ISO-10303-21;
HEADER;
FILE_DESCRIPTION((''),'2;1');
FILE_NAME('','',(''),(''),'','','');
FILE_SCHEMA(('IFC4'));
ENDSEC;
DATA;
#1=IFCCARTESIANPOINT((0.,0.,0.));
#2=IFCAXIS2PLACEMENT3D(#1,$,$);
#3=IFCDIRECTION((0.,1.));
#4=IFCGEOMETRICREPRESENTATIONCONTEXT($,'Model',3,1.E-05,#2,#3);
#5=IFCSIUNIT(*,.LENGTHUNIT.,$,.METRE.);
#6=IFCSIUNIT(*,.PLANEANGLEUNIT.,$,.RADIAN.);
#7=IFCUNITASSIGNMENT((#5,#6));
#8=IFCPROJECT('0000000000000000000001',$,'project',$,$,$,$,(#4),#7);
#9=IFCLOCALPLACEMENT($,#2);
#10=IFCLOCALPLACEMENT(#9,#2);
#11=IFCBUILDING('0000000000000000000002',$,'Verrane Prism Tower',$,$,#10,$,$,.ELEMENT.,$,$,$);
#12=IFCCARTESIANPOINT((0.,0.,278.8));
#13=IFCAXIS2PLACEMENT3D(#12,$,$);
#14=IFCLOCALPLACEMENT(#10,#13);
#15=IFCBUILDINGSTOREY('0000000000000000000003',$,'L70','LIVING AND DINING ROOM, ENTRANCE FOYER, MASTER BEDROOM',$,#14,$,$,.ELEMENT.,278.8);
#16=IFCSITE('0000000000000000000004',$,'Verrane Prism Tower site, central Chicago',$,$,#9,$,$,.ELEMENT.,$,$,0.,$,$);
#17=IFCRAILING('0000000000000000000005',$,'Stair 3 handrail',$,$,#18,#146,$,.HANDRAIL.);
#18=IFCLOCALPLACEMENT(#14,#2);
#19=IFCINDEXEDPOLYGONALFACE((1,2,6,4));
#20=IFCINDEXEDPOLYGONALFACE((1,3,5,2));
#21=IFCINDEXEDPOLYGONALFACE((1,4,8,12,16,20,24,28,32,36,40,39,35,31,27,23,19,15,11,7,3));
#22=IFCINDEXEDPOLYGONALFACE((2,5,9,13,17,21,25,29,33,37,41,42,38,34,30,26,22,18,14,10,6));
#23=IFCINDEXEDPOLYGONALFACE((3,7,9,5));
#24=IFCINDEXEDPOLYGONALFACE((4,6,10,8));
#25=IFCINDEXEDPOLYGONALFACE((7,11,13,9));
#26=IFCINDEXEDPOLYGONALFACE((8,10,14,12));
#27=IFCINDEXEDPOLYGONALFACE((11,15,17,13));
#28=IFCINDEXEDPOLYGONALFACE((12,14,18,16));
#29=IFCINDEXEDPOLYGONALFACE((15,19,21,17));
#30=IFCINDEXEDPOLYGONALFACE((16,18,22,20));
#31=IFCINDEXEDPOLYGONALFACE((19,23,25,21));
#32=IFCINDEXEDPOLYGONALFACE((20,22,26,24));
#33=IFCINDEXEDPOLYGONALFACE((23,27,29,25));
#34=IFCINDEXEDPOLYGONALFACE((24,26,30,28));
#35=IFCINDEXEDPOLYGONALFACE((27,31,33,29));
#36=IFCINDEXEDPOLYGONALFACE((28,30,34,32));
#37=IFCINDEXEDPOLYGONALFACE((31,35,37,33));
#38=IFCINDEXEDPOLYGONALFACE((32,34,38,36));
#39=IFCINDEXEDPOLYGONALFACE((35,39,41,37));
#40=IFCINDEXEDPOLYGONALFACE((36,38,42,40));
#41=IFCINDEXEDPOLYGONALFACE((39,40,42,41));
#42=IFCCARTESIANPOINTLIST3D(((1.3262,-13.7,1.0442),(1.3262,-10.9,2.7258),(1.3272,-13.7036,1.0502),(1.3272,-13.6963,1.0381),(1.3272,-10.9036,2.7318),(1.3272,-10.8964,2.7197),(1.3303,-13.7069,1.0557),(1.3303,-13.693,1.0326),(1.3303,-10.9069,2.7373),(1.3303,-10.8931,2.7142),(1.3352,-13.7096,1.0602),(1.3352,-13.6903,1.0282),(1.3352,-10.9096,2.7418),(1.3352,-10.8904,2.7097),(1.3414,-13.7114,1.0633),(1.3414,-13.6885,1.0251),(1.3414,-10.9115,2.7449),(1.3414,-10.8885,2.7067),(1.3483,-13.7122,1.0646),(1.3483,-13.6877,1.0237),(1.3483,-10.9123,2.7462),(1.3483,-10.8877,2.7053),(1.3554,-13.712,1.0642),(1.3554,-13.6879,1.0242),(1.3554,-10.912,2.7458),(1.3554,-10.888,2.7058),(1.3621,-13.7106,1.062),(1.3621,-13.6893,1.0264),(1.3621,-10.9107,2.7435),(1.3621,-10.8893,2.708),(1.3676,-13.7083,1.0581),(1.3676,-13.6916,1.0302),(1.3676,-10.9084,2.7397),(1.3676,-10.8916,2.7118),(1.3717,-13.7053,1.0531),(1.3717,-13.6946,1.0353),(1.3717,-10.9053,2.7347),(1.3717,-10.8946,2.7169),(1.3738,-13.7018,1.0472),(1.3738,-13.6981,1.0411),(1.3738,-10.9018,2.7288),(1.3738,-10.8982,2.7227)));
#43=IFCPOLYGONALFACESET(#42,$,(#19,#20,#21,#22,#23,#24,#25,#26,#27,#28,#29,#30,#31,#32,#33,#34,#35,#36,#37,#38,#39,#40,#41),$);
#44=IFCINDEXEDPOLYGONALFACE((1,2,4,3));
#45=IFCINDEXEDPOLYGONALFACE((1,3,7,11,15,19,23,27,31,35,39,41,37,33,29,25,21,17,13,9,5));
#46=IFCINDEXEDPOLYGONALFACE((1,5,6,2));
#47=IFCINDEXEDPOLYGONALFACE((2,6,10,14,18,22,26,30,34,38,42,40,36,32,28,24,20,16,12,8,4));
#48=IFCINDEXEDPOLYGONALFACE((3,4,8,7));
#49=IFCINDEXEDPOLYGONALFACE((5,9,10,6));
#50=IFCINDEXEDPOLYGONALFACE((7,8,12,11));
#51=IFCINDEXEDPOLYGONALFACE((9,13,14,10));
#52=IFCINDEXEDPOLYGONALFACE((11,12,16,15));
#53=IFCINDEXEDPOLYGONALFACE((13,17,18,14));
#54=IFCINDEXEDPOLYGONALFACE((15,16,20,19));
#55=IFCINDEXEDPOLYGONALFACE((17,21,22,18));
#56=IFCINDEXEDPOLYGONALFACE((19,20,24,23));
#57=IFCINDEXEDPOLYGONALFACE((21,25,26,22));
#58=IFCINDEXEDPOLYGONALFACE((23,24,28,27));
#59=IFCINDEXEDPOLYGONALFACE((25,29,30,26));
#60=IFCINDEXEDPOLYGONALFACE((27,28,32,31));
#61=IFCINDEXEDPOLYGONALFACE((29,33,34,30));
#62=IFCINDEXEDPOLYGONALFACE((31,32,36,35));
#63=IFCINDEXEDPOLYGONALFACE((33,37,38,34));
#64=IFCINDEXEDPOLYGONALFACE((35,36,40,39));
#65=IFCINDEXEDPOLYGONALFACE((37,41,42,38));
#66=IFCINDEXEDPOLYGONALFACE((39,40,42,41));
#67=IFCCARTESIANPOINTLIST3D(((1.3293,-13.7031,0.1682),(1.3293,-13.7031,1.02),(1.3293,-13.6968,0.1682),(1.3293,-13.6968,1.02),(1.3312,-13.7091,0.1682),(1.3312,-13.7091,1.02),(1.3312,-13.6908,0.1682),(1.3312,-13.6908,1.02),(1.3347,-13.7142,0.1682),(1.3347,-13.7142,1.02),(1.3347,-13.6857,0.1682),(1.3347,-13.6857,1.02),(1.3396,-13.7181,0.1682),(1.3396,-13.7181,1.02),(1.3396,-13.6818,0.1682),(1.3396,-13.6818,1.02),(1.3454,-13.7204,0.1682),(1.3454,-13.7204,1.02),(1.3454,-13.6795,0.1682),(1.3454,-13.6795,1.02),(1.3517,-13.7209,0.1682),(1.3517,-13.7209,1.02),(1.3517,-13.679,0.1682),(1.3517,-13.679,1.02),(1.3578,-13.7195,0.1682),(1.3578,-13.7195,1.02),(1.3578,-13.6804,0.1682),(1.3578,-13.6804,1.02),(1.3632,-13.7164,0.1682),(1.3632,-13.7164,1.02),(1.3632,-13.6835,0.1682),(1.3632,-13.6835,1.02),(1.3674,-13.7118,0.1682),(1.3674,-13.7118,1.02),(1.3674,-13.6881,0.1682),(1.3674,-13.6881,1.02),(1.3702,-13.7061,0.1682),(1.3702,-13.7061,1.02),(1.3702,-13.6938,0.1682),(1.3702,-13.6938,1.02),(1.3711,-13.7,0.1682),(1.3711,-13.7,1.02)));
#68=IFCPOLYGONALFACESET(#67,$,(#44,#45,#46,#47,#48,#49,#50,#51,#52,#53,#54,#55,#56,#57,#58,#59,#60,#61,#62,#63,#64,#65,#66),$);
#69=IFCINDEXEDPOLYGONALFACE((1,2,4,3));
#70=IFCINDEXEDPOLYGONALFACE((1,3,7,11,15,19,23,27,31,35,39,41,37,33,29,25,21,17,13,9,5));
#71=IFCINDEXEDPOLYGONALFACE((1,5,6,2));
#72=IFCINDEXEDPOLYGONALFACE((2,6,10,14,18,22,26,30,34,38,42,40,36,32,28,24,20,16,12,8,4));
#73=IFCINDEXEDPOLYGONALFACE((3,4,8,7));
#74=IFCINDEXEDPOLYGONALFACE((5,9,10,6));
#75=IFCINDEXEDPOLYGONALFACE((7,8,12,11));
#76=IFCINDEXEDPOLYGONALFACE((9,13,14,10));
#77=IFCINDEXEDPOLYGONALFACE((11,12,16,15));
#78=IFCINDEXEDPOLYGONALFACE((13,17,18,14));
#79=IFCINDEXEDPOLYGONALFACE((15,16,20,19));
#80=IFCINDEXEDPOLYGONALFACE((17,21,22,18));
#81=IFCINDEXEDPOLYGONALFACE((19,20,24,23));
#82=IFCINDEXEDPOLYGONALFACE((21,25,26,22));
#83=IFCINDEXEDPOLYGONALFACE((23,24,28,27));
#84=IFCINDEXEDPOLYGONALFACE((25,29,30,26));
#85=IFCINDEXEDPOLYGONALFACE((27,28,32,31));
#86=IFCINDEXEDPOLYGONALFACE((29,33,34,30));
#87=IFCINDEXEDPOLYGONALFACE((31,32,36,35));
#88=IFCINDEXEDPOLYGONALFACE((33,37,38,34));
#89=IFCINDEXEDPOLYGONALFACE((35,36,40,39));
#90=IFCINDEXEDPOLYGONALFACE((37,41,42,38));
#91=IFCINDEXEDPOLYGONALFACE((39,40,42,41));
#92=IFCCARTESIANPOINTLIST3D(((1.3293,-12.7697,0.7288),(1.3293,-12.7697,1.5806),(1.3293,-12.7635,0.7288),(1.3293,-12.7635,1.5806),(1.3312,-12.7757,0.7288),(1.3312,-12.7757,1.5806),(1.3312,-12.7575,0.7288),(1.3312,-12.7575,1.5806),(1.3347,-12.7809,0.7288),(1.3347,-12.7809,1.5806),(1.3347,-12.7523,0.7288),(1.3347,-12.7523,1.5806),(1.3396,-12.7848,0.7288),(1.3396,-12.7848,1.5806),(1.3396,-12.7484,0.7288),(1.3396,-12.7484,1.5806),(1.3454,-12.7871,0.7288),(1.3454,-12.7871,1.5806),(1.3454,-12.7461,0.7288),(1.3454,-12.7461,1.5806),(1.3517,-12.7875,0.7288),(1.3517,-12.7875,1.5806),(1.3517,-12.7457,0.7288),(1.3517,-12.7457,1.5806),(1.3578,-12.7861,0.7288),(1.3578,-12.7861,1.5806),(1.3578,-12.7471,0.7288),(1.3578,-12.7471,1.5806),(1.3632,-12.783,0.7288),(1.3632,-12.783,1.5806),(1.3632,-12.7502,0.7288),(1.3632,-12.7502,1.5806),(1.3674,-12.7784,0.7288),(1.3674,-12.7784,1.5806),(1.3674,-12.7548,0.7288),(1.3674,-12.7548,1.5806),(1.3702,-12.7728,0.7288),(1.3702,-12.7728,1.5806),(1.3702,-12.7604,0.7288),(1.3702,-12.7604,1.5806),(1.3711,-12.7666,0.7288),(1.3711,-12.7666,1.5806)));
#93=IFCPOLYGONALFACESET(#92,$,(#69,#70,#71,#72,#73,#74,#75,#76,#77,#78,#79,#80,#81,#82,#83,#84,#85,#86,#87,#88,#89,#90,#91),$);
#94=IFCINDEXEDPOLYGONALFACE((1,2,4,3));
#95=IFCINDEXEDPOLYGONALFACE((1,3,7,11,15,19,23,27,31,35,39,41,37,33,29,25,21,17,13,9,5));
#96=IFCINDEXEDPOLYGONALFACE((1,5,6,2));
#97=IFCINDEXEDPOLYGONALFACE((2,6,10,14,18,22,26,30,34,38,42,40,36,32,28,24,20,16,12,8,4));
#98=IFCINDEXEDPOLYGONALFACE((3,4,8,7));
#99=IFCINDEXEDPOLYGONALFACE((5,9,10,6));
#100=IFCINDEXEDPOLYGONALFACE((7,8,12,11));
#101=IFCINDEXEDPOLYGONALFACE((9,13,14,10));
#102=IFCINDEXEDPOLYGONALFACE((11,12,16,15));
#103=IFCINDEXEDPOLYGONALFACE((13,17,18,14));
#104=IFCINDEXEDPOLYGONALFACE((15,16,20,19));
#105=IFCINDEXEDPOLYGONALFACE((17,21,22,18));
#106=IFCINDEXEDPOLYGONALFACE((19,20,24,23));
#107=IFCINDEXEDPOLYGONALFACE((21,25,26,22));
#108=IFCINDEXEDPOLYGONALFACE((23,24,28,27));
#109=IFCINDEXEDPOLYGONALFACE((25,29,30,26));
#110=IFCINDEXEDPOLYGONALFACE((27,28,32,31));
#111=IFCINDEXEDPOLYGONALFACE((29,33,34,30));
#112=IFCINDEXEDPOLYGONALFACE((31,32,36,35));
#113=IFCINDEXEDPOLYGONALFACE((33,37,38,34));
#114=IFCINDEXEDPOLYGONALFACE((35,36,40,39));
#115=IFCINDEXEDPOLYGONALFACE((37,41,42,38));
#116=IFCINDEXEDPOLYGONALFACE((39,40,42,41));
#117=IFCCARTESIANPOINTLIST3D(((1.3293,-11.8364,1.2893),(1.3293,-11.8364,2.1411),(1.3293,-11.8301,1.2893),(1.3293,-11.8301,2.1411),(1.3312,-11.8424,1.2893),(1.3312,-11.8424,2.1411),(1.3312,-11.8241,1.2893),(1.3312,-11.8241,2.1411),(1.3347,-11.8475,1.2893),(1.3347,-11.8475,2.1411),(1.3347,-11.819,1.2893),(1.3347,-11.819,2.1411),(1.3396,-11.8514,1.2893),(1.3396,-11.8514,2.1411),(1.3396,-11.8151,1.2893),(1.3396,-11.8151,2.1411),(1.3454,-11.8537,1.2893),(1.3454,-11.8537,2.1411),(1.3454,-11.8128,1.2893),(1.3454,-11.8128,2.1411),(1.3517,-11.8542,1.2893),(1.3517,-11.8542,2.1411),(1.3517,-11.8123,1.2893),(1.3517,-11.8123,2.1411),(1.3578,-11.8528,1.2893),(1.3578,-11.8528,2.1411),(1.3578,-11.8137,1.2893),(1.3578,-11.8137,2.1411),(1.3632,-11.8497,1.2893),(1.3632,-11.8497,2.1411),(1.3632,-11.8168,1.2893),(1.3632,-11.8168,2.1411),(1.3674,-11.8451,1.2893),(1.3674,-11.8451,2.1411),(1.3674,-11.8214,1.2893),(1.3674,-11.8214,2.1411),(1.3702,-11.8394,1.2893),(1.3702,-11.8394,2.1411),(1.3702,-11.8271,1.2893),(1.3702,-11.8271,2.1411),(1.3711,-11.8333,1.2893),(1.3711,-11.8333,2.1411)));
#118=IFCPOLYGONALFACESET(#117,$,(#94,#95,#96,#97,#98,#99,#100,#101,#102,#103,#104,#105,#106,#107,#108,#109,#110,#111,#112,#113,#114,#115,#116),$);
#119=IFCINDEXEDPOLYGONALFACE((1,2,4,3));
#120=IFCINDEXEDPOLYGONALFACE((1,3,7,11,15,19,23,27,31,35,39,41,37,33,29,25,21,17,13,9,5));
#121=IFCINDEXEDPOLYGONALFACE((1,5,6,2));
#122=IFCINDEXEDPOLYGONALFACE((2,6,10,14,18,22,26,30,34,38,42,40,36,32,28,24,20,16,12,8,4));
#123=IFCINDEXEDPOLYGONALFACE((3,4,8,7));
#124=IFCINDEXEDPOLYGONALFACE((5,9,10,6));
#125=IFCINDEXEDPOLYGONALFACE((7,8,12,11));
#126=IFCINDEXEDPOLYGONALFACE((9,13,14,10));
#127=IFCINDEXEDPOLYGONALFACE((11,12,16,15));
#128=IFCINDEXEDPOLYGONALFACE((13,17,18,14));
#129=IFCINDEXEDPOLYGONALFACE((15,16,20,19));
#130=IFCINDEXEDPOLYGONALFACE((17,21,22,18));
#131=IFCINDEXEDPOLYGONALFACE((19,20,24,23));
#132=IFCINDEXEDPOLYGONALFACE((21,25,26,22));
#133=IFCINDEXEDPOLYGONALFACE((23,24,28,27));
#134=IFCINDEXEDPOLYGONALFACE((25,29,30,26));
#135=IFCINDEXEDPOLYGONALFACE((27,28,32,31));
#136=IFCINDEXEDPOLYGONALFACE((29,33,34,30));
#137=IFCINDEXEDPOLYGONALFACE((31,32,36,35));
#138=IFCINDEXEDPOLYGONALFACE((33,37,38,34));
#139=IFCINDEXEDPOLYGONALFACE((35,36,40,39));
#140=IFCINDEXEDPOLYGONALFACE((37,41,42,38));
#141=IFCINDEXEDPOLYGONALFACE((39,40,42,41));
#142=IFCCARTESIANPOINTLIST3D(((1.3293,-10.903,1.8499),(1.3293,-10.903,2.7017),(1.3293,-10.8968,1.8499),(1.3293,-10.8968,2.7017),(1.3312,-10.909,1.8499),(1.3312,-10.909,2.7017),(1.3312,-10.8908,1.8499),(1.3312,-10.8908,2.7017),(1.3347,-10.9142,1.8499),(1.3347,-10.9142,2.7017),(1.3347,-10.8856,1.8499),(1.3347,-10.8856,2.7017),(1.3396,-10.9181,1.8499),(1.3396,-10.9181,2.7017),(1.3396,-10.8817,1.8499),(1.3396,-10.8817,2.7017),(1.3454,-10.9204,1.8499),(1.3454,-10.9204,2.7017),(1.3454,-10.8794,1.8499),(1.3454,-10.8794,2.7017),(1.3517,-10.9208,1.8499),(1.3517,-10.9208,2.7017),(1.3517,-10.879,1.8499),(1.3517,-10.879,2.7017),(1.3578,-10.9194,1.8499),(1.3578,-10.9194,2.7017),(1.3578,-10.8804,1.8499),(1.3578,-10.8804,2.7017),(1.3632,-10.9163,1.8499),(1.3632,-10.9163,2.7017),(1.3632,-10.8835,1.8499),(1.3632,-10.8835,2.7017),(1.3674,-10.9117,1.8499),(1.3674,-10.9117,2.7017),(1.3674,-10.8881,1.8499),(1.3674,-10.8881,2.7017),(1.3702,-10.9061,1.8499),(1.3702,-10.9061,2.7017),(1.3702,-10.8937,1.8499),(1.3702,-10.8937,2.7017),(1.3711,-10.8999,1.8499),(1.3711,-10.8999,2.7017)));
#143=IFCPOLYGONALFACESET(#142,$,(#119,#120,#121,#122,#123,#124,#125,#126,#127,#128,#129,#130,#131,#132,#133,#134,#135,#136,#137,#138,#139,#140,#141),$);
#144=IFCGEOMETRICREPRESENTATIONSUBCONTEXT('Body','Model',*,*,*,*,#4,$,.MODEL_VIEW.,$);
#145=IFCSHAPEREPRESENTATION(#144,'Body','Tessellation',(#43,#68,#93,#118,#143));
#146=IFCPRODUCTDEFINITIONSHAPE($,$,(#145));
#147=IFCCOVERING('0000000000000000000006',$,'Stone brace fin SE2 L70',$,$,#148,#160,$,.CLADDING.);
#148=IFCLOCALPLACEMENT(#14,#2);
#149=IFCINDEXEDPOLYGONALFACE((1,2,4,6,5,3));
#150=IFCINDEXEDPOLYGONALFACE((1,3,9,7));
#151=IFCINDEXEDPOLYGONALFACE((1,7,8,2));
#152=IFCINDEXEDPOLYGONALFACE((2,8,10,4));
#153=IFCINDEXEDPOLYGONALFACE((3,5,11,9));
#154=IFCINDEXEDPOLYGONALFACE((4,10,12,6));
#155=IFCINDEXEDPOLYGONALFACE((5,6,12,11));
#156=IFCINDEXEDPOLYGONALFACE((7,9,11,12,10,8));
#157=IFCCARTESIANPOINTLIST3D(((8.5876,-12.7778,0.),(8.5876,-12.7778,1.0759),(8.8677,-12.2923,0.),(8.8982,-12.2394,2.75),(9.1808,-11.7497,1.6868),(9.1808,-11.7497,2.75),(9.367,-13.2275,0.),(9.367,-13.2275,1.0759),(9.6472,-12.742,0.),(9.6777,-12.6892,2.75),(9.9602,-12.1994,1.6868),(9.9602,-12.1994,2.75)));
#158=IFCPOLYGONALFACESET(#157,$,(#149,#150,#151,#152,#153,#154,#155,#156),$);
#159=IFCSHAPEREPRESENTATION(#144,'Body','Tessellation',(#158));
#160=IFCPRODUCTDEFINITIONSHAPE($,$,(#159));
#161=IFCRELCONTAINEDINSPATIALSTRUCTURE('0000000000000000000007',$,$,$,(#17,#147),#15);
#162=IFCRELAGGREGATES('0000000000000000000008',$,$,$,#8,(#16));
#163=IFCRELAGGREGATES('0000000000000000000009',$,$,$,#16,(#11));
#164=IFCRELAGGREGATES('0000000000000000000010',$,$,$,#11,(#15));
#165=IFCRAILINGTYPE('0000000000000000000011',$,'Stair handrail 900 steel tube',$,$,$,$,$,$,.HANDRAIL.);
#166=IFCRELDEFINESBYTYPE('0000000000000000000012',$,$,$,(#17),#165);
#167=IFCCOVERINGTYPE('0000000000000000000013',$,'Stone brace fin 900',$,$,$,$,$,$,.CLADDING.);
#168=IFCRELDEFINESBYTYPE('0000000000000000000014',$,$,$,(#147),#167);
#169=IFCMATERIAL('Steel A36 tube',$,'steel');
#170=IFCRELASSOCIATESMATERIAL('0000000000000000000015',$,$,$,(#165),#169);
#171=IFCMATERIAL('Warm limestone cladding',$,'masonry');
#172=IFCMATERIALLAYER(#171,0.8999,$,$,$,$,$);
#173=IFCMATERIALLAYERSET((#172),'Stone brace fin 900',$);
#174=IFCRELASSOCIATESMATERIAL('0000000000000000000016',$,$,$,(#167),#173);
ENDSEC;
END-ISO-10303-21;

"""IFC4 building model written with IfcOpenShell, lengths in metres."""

from ifc_helpers import new_model, si_unit, direction, frame, origin, origin_2d, place, context, subcontext, project, spatial, polyline, circle, outline, extrude, material, layer, layer_set, type_object, element, save


model = new_model("IFC4")

# Units and contexts
model_context = context("Model", 3, precision=1e-05, world=origin(), true_north=direction((0.0, 1.0)))
body_context = subcontext(model_context, "Body", "Model", "MODEL_VIEW")
ifc_project = project(units=[si_unit("LENGTHUNIT", "METRE"), si_unit("PLANEANGLEUNIT", "RADIAN")], contexts=[model_context])

# Site, building, storey
site_placement = place(None, origin())
site = spatial("IfcSite", under=ifc_project, at=site_placement, Name="Verrane Prism Tower site, central Chicago", CompositionType="ELEMENT", RefElevation=0.0)
building_placement = place(site_placement, origin())
building = spatial("IfcBuilding", under=site, at=building_placement, Name="Verrane Prism Tower", CompositionType="ELEMENT")
storey_placement = place(building_placement, frame((0.0, 0.0, 278.8)))
storey = spatial("IfcBuildingStorey", under=building, at=storey_placement, Name="L70", Description="LIVING AND DINING ROOM, ENTRANCE FOYER, MASTER BEDROOM", CompositionType="ELEMENT", Elevation=278.8)

# Railing
ifc_material_1 = material(Name="Steel A36 tube", Category="steel")
railing_type_1 = type_object("IfcRailingType", Name="Stair handrail 900 steel tube", PredefinedType="HANDRAIL", material=ifc_material_1)
railing_1_placement = place(storey_placement, frame((1.3501, -13.7, 0.1682)))
element("IfcRailing", 1, at=railing_1_placement, inside=storey, type_object=railing_type_1, Name="Stair 3 handrail", PredefinedType="HANDRAIL", context=body_context, shape_type="SweptSolid", body=[
    extrude(circle(Radius=0.0239, at=origin_2d()), frame((0.0, 0.0, 0.876), z_axis=(0.0, 0.857275, 0.514858), x_axis=(-1.0, 0.0, 0.0)), (0.0, 0.0, 1.0), 3.2661),
    extrude(circle(Radius=0.021, at=origin_2d()), origin(), (0.0, 0.0, 1.0), 0.8518),
    extrude(circle(Radius=0.021, at=origin_2d()), frame((0.0, 0.9333, 0.5605)), (0.0, 0.0, 1.0), 0.8518),
    extrude(circle(Radius=0.021, at=origin_2d()), frame((0.0, 1.8667, 1.1211)), (0.0, 0.0, 1.0), 0.8518),
    extrude(circle(Radius=0.021, at=origin_2d()), frame((0.0, 2.8, 1.6816)), (0.0, 0.0, 1.0), 0.8518),
])

# Covering
ifc_material_2 = material(Name="Warm limestone cladding", Category="masonry")
ifc_layer_1 = layer(ifc_material_2, 0.8999)
ifc_layer_set_1 = layer_set([ifc_layer_1], Name="Stone brace fin 900")
covering_type = type_object("IfcCoveringType", Name="Stone brace fin 900", PredefinedType="CLADDING", material=ifc_layer_set_1)
covering_placement = place(storey_placement, frame((8.9773, -13.0027, 0.0), z_axis=(0.0, 0.0, 1.0), x_axis=(0.499746, 0.866172, 0.0)))
element("IfcCovering", 2, at=covering_placement, inside=storey, type_object=covering_type, Name="Stone brace fin SE2 L70", PredefinedType="CLADDING", context=body_context, shape_type="SweptSolid", body=[
    extrude(outline(polyline([(1.187, 2.75), (0.6216, 2.75), (0.0, 1.0759), (0.0, 0.0), (0.5605, 0.0), (1.187, 1.6868), (1.187, 2.75)])), frame((0.0, 0.45, 0.0), z_axis=(0.0, -1.0, 0.0), x_axis=(1.0, 0.0, 0.0)), (0.0, 0.0, 1.0), 0.8999),
])

save(model, "model.ifc")
